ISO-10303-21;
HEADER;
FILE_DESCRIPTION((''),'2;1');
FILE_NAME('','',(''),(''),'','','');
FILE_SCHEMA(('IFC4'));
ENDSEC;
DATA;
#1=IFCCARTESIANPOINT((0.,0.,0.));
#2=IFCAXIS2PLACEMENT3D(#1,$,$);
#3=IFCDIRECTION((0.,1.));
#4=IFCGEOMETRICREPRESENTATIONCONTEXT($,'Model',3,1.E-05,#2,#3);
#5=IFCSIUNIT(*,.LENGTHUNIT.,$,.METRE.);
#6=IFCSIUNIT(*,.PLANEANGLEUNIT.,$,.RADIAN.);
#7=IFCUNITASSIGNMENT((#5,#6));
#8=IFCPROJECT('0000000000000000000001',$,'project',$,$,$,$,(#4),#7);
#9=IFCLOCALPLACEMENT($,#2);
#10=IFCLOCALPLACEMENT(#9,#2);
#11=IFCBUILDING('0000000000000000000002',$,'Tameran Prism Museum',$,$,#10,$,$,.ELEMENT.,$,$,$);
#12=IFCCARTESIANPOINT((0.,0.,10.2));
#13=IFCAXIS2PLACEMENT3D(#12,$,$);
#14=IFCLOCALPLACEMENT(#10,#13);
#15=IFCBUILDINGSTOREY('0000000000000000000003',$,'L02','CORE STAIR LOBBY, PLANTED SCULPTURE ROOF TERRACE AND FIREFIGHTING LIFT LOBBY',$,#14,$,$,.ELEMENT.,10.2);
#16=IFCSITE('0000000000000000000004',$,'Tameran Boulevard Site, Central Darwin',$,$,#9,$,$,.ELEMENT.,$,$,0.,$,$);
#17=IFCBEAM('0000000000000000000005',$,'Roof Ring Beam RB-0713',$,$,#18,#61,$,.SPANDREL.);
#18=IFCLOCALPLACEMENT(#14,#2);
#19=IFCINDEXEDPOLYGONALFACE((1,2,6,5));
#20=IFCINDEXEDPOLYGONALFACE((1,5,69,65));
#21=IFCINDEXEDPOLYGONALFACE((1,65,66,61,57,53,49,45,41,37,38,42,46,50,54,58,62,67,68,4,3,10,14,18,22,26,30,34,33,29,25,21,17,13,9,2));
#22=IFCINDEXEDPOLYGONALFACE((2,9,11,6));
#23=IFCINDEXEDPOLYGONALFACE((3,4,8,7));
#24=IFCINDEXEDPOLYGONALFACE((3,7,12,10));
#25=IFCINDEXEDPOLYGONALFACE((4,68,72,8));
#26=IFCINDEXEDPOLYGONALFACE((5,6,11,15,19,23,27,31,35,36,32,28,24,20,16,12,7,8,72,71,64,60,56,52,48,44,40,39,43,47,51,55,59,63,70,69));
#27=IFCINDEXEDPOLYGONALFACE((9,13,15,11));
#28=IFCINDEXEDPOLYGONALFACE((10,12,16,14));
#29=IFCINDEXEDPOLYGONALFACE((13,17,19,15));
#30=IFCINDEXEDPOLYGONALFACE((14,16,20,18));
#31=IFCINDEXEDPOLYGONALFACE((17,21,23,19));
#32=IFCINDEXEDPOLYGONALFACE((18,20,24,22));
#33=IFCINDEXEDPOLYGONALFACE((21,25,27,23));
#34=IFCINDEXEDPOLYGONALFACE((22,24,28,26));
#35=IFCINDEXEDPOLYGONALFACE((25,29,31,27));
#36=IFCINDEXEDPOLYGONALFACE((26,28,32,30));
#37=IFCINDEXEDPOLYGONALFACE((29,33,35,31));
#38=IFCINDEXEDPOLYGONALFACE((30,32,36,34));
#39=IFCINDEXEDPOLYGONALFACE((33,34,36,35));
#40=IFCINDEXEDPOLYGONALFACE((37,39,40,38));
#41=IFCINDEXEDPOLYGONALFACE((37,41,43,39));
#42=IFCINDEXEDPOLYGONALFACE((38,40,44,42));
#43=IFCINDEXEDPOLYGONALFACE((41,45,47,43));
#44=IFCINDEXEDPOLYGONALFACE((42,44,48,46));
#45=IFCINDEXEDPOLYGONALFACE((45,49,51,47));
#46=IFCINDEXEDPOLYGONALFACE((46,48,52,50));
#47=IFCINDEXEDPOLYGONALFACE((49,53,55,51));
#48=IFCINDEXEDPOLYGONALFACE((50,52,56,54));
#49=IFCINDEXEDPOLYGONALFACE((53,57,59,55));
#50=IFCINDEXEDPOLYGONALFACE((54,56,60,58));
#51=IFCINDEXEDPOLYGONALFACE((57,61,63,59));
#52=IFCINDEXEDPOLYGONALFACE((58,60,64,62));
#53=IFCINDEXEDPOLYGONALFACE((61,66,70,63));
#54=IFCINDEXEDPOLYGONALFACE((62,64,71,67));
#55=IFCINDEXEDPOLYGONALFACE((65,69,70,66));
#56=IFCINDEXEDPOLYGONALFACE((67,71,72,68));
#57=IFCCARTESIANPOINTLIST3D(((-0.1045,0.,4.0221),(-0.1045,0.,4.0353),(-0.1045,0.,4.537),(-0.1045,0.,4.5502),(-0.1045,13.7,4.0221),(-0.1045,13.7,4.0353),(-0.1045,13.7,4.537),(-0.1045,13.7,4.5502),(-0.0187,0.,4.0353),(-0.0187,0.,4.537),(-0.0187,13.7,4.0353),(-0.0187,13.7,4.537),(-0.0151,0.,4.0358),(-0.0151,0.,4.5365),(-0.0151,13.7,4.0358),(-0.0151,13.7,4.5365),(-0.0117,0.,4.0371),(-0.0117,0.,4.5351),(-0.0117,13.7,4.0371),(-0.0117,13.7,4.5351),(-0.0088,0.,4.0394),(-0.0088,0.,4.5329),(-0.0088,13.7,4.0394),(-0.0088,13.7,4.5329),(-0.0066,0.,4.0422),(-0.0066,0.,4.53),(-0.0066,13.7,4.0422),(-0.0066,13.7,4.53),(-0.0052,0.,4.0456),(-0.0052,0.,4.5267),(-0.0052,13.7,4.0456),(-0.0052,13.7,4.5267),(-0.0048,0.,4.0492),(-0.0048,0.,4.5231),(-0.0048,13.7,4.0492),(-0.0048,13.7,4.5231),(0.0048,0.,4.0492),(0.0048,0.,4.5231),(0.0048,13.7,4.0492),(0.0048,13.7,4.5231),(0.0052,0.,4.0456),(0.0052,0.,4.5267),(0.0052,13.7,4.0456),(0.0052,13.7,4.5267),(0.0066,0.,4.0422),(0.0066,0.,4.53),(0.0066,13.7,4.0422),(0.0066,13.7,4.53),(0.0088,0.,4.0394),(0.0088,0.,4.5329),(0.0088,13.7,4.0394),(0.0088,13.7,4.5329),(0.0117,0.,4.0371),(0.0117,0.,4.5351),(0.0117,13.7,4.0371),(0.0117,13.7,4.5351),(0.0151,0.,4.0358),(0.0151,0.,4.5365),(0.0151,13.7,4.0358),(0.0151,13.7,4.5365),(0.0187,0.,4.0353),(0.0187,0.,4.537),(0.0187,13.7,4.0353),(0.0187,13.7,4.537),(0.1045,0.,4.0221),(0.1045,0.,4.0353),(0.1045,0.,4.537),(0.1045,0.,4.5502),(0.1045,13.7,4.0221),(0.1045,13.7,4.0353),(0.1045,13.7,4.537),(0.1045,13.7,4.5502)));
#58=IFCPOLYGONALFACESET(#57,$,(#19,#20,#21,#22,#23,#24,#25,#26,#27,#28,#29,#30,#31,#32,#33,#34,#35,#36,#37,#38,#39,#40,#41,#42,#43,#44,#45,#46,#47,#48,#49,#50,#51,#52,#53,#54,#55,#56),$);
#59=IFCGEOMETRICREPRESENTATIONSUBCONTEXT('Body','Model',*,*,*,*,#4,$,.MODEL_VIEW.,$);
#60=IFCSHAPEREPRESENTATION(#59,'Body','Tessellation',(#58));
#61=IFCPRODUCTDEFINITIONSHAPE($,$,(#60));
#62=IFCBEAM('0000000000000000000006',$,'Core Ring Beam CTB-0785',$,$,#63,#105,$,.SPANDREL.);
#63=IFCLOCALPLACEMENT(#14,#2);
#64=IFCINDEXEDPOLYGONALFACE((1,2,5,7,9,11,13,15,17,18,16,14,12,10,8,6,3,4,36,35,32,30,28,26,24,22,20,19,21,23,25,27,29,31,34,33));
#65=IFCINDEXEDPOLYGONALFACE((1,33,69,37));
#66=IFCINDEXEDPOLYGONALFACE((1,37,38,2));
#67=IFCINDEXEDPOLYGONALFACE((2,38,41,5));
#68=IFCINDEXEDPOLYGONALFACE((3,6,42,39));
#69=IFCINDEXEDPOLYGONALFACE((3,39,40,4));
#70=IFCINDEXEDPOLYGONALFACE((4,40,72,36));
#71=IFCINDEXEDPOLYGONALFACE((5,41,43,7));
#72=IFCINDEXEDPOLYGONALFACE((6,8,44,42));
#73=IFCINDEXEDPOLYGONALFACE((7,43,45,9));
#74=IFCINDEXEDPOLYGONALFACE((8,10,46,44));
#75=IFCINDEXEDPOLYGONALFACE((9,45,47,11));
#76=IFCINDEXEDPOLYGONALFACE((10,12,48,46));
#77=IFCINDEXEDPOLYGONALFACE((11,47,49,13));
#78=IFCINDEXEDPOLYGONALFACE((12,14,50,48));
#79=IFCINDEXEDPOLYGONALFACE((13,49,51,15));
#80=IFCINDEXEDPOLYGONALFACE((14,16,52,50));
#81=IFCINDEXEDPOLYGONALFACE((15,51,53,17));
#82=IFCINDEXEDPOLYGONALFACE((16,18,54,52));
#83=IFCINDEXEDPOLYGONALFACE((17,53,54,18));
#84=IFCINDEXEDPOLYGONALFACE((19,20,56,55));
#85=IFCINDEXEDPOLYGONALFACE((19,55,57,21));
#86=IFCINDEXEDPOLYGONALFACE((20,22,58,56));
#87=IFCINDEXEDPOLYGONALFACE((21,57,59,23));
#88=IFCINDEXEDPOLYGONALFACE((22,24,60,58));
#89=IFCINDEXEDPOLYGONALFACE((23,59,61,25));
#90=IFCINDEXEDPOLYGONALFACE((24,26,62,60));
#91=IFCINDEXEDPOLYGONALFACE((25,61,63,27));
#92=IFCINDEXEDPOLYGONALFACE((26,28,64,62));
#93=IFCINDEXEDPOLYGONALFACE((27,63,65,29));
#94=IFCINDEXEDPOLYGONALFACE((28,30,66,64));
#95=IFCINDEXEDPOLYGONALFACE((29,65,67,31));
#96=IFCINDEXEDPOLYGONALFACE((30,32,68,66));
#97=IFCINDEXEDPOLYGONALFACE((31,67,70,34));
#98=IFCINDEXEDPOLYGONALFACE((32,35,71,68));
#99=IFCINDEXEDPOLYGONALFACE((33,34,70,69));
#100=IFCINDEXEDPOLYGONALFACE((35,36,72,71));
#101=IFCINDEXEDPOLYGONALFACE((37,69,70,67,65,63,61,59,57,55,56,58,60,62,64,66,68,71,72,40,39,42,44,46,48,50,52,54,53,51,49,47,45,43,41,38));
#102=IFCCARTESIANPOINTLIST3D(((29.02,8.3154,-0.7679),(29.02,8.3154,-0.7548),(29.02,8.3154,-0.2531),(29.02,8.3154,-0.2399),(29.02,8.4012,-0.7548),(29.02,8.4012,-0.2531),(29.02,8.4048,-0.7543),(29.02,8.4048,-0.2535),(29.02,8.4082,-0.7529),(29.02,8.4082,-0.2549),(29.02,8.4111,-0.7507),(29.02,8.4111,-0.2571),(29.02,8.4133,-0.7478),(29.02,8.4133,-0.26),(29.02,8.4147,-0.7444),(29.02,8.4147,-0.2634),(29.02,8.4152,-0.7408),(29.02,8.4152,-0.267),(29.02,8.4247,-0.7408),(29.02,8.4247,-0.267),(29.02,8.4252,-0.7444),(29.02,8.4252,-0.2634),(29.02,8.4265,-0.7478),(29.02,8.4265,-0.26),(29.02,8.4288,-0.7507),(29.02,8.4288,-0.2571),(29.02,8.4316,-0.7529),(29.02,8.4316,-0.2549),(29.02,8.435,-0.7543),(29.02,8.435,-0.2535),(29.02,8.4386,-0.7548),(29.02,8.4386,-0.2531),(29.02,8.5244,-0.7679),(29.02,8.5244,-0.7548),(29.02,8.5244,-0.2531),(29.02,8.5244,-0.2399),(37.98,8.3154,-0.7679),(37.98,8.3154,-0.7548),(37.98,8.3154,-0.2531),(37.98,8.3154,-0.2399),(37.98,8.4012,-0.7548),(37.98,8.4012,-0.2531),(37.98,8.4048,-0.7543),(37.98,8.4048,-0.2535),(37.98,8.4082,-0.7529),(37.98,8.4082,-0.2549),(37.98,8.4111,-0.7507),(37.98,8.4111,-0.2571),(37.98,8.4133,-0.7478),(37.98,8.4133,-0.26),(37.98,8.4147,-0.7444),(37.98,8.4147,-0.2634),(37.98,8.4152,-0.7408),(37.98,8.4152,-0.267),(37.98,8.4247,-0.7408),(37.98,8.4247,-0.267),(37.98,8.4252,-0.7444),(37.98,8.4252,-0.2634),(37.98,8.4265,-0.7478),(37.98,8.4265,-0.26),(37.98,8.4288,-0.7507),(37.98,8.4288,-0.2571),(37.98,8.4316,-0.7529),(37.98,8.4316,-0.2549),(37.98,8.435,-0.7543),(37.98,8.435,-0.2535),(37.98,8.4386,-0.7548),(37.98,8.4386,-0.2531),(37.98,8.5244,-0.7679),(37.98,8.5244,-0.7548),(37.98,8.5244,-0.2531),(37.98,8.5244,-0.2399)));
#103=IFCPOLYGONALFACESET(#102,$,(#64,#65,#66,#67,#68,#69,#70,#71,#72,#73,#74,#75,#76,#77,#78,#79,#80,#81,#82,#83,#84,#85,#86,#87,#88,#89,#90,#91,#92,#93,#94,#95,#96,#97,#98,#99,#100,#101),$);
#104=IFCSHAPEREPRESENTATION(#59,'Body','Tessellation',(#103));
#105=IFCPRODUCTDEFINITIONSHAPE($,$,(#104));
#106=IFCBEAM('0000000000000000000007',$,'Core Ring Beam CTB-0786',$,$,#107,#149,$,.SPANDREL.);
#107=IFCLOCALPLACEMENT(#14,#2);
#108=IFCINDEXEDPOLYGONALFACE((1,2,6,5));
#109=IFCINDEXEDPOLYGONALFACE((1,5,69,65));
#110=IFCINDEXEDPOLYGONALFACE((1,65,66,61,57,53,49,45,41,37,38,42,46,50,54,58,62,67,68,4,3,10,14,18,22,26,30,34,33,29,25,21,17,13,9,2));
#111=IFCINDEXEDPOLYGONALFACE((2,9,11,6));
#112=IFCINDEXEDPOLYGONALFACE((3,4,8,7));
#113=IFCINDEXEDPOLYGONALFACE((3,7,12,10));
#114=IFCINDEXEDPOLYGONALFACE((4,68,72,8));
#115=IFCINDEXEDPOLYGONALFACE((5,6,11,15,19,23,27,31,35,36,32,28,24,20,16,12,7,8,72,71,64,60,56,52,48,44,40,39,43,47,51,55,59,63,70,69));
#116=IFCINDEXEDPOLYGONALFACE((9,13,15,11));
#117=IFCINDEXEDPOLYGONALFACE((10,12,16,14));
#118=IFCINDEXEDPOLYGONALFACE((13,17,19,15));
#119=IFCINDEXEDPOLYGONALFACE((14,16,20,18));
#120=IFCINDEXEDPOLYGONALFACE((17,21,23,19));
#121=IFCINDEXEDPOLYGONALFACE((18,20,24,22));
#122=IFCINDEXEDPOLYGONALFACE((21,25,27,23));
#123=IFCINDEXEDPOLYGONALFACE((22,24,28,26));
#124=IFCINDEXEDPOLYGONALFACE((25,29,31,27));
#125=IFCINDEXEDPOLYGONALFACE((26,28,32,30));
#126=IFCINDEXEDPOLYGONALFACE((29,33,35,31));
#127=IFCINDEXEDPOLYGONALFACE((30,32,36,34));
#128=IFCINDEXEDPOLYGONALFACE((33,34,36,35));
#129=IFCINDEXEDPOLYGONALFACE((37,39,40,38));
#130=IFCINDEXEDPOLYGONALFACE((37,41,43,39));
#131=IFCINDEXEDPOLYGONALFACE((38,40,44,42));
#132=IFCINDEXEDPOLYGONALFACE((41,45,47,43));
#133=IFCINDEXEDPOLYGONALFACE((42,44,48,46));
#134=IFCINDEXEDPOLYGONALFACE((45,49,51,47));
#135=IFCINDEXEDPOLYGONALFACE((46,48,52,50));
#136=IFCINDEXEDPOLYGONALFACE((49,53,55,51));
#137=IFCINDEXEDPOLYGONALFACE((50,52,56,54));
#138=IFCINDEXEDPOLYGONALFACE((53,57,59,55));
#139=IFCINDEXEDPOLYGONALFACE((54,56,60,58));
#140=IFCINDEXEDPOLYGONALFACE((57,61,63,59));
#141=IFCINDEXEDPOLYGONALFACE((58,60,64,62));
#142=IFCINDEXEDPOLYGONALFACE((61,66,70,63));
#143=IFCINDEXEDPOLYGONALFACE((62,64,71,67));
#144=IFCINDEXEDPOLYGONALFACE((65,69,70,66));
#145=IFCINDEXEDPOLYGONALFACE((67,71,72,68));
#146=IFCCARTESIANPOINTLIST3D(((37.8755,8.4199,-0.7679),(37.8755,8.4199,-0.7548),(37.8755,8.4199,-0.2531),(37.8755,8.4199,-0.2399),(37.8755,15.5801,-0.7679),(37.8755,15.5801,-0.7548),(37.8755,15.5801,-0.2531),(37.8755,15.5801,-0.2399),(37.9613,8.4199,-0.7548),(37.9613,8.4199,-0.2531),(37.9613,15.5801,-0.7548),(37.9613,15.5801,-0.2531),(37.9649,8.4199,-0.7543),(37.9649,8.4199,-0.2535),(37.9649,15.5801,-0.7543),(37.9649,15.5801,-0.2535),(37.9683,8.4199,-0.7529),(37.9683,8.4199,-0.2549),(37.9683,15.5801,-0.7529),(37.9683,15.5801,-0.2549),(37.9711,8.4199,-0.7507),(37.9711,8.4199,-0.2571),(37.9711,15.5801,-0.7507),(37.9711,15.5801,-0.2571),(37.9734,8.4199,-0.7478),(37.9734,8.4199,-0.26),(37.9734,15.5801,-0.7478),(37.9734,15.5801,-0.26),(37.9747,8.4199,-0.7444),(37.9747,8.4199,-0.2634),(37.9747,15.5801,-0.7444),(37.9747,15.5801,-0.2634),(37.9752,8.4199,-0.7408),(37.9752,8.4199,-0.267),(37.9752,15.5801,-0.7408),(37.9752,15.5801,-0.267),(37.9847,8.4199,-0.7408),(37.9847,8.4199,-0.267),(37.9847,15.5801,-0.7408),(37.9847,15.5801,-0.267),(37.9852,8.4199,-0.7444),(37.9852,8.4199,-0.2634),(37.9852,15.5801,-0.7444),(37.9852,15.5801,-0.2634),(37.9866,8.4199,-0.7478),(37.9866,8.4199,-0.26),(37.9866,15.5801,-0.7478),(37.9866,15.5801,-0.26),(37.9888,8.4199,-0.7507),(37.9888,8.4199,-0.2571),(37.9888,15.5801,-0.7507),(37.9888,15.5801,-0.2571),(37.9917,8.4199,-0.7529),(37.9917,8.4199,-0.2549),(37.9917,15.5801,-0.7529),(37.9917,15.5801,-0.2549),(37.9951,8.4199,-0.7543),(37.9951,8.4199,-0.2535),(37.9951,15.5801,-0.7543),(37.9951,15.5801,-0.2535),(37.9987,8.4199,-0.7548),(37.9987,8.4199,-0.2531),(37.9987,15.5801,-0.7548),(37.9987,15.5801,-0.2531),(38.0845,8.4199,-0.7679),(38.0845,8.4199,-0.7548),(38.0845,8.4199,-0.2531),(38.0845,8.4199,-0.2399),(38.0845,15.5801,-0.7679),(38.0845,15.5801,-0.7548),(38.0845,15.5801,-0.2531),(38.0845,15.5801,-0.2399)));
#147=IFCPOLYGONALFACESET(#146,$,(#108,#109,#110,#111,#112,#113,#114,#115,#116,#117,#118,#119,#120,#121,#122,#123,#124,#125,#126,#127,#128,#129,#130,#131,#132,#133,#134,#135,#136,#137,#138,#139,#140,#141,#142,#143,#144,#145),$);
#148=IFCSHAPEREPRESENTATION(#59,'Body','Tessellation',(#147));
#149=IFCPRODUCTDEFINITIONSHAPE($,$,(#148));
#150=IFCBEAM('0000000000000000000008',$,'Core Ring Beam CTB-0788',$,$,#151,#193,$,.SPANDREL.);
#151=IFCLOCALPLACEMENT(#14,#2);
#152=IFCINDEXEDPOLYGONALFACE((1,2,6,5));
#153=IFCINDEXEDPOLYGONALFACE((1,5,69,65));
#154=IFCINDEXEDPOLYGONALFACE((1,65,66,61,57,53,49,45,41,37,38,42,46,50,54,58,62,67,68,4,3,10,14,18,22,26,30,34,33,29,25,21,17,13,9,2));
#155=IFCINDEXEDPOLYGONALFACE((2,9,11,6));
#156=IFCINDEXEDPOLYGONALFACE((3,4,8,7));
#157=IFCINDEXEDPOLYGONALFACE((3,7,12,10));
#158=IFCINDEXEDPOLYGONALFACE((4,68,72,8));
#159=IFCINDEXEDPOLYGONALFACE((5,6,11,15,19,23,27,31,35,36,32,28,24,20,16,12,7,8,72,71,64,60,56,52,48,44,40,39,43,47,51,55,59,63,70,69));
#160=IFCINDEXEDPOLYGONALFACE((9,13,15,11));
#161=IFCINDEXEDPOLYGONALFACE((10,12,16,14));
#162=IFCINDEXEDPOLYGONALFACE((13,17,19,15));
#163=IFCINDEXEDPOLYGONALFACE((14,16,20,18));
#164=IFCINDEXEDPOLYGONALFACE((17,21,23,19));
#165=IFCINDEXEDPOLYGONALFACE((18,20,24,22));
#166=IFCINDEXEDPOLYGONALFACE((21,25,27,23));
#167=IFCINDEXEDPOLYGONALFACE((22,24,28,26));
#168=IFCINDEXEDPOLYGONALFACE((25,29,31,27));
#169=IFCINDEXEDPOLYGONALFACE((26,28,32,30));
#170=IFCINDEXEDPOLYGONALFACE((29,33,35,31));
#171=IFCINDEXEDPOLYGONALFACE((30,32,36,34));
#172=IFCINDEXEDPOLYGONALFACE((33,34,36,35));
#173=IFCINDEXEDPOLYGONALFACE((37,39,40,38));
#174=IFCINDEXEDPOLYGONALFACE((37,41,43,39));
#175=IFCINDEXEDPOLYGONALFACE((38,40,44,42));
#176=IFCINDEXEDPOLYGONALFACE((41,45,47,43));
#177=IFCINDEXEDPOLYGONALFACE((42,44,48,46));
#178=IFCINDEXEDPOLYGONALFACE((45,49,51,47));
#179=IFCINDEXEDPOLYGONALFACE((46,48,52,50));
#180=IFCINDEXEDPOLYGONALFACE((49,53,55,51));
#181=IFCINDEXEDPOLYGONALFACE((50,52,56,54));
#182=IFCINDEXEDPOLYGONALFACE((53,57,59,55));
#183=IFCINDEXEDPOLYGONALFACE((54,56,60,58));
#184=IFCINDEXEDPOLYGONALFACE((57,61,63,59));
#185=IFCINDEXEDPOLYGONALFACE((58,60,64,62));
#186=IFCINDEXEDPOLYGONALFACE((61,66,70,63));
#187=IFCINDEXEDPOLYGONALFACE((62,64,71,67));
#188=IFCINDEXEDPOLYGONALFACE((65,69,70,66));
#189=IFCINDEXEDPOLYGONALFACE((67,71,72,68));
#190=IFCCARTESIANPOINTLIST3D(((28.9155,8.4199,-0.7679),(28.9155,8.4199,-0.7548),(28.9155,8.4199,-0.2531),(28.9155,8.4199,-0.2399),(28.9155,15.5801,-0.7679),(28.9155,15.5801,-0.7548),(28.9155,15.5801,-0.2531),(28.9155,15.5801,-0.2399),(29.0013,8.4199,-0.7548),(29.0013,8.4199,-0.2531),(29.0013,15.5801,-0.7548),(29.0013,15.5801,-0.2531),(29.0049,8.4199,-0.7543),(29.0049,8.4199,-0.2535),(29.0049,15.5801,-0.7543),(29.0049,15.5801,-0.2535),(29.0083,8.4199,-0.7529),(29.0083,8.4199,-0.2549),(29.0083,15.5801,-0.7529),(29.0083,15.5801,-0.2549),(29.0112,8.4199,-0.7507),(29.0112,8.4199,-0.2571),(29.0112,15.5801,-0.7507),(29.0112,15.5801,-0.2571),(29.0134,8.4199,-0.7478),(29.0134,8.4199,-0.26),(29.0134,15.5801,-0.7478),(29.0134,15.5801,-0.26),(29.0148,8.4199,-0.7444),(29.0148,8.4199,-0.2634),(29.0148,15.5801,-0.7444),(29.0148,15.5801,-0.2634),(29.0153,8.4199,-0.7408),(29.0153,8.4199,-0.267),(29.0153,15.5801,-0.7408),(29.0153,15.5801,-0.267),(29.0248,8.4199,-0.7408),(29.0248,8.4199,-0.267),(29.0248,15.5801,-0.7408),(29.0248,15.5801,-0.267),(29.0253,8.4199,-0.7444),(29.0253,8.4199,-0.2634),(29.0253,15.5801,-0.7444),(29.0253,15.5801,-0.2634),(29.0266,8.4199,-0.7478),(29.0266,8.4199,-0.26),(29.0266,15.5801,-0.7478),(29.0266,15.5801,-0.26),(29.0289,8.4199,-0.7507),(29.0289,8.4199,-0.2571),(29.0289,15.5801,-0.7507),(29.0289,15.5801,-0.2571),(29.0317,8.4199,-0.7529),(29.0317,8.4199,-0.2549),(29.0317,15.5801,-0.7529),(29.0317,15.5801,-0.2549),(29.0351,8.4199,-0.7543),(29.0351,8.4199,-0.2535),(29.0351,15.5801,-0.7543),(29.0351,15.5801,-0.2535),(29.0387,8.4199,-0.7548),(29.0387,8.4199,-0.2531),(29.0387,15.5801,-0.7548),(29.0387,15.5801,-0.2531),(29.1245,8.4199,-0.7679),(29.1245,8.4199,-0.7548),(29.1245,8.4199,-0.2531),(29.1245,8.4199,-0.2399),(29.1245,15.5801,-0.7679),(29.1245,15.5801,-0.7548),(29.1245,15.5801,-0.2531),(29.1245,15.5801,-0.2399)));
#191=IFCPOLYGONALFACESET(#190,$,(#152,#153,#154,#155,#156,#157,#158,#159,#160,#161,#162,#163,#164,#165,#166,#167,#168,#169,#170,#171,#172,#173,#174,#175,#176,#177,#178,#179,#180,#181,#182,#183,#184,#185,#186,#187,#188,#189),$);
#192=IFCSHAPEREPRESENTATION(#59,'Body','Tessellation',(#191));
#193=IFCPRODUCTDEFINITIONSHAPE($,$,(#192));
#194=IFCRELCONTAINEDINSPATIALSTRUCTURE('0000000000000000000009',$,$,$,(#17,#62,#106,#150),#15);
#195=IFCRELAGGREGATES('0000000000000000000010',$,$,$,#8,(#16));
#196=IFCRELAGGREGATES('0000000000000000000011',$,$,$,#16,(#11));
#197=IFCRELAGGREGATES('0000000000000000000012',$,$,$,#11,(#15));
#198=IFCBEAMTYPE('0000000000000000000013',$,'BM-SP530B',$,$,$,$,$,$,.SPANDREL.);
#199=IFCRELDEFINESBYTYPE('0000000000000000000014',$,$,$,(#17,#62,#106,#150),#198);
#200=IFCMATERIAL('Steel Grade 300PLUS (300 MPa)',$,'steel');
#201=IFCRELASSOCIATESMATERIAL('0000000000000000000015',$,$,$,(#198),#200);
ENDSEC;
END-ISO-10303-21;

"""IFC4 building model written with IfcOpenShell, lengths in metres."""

from ifc_helpers import new_model, si_unit, direction, frame, origin, origin_2d, place, context, subcontext, project, spatial, i_section, extrude, material, material_profile, profile_set, type_object, element, save


model = new_model("IFC4")

# Units and contexts
model_context = context("Model", 3, precision=1e-05, world=origin(), true_north=direction((0.0, 1.0)))
body_context = subcontext(model_context, "Body", "Model", "MODEL_VIEW")
ifc_project = project(units=[si_unit("LENGTHUNIT", "METRE"), si_unit("PLANEANGLEUNIT", "RADIAN")], contexts=[model_context])

# Site, building, storey
site_placement = place(None, origin())
site = spatial("IfcSite", under=ifc_project, at=site_placement, Name="Tameran Boulevard Site, Central Darwin", CompositionType="ELEMENT", RefElevation=0.0)
building_placement = place(site_placement, origin())
building = spatial("IfcBuilding", under=site, at=building_placement, Name="Tameran Prism Museum", CompositionType="ELEMENT")
storey_placement = place(building_placement, frame((0.0, 0.0, 10.2)))
storey = spatial("IfcBuildingStorey", under=building, at=storey_placement, Name="L02", Description="CORE STAIR LOBBY, PLANTED SCULPTURE ROOF TERRACE AND FIREFIGHTING LIFT LOBBY", CompositionType="ELEMENT", Elevation=10.2)

# Beams
ifc_material_1 = material(Name="Steel Grade 300PLUS (300 MPa)", Category="steel")
ifc_material_profile_1 = material_profile(ifc_material_1, i_section(OverallWidth=0.209, OverallDepth=0.5281, WebThickness=0.0095, FlangeThickness=0.0132, FilletRadius=0.0139, at=origin_2d()))
ifc_profile_set_1 = profile_set([ifc_material_profile_1])
beam_type_1 = type_object("IfcBeamType", Name="BM-SP530B", PredefinedType="SPANDREL", material=ifc_profile_set_1)
beam_1_placement = place(storey_placement, frame((0.0, 13.7, 4.2861), z_axis=(0.0, -1.0, 0.0), x_axis=(1.0, 0.0, 0.0)))
element("IfcBeam", 1, at=beam_1_placement, inside=storey, type_object=beam_type_1, Name="Roof Ring Beam RB-0713", PredefinedType="SPANDREL", context=body_context, shape_type="SweptSolid", body=[
    extrude(i_section(OverallWidth=0.209, OverallDepth=0.5281, WebThickness=0.0095, FlangeThickness=0.0132, FilletRadius=0.0139, at=origin_2d()), origin(), (0.0, 0.0, 1.0), 13.7),
])
beam_2_placement = place(storey_placement, frame((29.02, 8.4199, -0.5039), z_axis=(1.0, 0.0, 0.0), x_axis=(0.0, 1.0, 0.0)))
element("IfcBeam", 2, at=beam_2_placement, inside=storey, type_object=beam_type_1, Name="Core Ring Beam CTB-0785", PredefinedType="SPANDREL", context=body_context, shape_type="SweptSolid", body=[
    extrude(i_section(OverallWidth=0.209, OverallDepth=0.5281, WebThickness=0.0095, FlangeThickness=0.0132, FilletRadius=0.0139, at=origin_2d()), origin(), (0.0, 0.0, 1.0), 8.96),
])
for number, where, z_axis, x_axis, name in (
    (3, (37.98, 8.4199, -0.5039), (0.0, 1.0, 0.0), (-1.0, 0.0, 0.0), "Core Ring Beam CTB-0786"),
    (4, (29.02, 15.5801, -0.5039), (0.0, -1.0, 0.0), (1.0, 0.0, 0.0), "Core Ring Beam CTB-0788"),
):
    element("IfcBeam", number, at=place(storey_placement, frame(where, z_axis=z_axis, x_axis=x_axis)), inside=storey, type_object=beam_type_1, Name=name, PredefinedType="SPANDREL", context=body_context, shape_type="SweptSolid", body=[
        extrude(i_section(OverallWidth=0.209, OverallDepth=0.5281, WebThickness=0.0095, FlangeThickness=0.0132, FilletRadius=0.0139, at=origin_2d()), origin(), (0.0, 0.0, 1.0), 7.1602),
    ])

save(model, "model.ifc")
